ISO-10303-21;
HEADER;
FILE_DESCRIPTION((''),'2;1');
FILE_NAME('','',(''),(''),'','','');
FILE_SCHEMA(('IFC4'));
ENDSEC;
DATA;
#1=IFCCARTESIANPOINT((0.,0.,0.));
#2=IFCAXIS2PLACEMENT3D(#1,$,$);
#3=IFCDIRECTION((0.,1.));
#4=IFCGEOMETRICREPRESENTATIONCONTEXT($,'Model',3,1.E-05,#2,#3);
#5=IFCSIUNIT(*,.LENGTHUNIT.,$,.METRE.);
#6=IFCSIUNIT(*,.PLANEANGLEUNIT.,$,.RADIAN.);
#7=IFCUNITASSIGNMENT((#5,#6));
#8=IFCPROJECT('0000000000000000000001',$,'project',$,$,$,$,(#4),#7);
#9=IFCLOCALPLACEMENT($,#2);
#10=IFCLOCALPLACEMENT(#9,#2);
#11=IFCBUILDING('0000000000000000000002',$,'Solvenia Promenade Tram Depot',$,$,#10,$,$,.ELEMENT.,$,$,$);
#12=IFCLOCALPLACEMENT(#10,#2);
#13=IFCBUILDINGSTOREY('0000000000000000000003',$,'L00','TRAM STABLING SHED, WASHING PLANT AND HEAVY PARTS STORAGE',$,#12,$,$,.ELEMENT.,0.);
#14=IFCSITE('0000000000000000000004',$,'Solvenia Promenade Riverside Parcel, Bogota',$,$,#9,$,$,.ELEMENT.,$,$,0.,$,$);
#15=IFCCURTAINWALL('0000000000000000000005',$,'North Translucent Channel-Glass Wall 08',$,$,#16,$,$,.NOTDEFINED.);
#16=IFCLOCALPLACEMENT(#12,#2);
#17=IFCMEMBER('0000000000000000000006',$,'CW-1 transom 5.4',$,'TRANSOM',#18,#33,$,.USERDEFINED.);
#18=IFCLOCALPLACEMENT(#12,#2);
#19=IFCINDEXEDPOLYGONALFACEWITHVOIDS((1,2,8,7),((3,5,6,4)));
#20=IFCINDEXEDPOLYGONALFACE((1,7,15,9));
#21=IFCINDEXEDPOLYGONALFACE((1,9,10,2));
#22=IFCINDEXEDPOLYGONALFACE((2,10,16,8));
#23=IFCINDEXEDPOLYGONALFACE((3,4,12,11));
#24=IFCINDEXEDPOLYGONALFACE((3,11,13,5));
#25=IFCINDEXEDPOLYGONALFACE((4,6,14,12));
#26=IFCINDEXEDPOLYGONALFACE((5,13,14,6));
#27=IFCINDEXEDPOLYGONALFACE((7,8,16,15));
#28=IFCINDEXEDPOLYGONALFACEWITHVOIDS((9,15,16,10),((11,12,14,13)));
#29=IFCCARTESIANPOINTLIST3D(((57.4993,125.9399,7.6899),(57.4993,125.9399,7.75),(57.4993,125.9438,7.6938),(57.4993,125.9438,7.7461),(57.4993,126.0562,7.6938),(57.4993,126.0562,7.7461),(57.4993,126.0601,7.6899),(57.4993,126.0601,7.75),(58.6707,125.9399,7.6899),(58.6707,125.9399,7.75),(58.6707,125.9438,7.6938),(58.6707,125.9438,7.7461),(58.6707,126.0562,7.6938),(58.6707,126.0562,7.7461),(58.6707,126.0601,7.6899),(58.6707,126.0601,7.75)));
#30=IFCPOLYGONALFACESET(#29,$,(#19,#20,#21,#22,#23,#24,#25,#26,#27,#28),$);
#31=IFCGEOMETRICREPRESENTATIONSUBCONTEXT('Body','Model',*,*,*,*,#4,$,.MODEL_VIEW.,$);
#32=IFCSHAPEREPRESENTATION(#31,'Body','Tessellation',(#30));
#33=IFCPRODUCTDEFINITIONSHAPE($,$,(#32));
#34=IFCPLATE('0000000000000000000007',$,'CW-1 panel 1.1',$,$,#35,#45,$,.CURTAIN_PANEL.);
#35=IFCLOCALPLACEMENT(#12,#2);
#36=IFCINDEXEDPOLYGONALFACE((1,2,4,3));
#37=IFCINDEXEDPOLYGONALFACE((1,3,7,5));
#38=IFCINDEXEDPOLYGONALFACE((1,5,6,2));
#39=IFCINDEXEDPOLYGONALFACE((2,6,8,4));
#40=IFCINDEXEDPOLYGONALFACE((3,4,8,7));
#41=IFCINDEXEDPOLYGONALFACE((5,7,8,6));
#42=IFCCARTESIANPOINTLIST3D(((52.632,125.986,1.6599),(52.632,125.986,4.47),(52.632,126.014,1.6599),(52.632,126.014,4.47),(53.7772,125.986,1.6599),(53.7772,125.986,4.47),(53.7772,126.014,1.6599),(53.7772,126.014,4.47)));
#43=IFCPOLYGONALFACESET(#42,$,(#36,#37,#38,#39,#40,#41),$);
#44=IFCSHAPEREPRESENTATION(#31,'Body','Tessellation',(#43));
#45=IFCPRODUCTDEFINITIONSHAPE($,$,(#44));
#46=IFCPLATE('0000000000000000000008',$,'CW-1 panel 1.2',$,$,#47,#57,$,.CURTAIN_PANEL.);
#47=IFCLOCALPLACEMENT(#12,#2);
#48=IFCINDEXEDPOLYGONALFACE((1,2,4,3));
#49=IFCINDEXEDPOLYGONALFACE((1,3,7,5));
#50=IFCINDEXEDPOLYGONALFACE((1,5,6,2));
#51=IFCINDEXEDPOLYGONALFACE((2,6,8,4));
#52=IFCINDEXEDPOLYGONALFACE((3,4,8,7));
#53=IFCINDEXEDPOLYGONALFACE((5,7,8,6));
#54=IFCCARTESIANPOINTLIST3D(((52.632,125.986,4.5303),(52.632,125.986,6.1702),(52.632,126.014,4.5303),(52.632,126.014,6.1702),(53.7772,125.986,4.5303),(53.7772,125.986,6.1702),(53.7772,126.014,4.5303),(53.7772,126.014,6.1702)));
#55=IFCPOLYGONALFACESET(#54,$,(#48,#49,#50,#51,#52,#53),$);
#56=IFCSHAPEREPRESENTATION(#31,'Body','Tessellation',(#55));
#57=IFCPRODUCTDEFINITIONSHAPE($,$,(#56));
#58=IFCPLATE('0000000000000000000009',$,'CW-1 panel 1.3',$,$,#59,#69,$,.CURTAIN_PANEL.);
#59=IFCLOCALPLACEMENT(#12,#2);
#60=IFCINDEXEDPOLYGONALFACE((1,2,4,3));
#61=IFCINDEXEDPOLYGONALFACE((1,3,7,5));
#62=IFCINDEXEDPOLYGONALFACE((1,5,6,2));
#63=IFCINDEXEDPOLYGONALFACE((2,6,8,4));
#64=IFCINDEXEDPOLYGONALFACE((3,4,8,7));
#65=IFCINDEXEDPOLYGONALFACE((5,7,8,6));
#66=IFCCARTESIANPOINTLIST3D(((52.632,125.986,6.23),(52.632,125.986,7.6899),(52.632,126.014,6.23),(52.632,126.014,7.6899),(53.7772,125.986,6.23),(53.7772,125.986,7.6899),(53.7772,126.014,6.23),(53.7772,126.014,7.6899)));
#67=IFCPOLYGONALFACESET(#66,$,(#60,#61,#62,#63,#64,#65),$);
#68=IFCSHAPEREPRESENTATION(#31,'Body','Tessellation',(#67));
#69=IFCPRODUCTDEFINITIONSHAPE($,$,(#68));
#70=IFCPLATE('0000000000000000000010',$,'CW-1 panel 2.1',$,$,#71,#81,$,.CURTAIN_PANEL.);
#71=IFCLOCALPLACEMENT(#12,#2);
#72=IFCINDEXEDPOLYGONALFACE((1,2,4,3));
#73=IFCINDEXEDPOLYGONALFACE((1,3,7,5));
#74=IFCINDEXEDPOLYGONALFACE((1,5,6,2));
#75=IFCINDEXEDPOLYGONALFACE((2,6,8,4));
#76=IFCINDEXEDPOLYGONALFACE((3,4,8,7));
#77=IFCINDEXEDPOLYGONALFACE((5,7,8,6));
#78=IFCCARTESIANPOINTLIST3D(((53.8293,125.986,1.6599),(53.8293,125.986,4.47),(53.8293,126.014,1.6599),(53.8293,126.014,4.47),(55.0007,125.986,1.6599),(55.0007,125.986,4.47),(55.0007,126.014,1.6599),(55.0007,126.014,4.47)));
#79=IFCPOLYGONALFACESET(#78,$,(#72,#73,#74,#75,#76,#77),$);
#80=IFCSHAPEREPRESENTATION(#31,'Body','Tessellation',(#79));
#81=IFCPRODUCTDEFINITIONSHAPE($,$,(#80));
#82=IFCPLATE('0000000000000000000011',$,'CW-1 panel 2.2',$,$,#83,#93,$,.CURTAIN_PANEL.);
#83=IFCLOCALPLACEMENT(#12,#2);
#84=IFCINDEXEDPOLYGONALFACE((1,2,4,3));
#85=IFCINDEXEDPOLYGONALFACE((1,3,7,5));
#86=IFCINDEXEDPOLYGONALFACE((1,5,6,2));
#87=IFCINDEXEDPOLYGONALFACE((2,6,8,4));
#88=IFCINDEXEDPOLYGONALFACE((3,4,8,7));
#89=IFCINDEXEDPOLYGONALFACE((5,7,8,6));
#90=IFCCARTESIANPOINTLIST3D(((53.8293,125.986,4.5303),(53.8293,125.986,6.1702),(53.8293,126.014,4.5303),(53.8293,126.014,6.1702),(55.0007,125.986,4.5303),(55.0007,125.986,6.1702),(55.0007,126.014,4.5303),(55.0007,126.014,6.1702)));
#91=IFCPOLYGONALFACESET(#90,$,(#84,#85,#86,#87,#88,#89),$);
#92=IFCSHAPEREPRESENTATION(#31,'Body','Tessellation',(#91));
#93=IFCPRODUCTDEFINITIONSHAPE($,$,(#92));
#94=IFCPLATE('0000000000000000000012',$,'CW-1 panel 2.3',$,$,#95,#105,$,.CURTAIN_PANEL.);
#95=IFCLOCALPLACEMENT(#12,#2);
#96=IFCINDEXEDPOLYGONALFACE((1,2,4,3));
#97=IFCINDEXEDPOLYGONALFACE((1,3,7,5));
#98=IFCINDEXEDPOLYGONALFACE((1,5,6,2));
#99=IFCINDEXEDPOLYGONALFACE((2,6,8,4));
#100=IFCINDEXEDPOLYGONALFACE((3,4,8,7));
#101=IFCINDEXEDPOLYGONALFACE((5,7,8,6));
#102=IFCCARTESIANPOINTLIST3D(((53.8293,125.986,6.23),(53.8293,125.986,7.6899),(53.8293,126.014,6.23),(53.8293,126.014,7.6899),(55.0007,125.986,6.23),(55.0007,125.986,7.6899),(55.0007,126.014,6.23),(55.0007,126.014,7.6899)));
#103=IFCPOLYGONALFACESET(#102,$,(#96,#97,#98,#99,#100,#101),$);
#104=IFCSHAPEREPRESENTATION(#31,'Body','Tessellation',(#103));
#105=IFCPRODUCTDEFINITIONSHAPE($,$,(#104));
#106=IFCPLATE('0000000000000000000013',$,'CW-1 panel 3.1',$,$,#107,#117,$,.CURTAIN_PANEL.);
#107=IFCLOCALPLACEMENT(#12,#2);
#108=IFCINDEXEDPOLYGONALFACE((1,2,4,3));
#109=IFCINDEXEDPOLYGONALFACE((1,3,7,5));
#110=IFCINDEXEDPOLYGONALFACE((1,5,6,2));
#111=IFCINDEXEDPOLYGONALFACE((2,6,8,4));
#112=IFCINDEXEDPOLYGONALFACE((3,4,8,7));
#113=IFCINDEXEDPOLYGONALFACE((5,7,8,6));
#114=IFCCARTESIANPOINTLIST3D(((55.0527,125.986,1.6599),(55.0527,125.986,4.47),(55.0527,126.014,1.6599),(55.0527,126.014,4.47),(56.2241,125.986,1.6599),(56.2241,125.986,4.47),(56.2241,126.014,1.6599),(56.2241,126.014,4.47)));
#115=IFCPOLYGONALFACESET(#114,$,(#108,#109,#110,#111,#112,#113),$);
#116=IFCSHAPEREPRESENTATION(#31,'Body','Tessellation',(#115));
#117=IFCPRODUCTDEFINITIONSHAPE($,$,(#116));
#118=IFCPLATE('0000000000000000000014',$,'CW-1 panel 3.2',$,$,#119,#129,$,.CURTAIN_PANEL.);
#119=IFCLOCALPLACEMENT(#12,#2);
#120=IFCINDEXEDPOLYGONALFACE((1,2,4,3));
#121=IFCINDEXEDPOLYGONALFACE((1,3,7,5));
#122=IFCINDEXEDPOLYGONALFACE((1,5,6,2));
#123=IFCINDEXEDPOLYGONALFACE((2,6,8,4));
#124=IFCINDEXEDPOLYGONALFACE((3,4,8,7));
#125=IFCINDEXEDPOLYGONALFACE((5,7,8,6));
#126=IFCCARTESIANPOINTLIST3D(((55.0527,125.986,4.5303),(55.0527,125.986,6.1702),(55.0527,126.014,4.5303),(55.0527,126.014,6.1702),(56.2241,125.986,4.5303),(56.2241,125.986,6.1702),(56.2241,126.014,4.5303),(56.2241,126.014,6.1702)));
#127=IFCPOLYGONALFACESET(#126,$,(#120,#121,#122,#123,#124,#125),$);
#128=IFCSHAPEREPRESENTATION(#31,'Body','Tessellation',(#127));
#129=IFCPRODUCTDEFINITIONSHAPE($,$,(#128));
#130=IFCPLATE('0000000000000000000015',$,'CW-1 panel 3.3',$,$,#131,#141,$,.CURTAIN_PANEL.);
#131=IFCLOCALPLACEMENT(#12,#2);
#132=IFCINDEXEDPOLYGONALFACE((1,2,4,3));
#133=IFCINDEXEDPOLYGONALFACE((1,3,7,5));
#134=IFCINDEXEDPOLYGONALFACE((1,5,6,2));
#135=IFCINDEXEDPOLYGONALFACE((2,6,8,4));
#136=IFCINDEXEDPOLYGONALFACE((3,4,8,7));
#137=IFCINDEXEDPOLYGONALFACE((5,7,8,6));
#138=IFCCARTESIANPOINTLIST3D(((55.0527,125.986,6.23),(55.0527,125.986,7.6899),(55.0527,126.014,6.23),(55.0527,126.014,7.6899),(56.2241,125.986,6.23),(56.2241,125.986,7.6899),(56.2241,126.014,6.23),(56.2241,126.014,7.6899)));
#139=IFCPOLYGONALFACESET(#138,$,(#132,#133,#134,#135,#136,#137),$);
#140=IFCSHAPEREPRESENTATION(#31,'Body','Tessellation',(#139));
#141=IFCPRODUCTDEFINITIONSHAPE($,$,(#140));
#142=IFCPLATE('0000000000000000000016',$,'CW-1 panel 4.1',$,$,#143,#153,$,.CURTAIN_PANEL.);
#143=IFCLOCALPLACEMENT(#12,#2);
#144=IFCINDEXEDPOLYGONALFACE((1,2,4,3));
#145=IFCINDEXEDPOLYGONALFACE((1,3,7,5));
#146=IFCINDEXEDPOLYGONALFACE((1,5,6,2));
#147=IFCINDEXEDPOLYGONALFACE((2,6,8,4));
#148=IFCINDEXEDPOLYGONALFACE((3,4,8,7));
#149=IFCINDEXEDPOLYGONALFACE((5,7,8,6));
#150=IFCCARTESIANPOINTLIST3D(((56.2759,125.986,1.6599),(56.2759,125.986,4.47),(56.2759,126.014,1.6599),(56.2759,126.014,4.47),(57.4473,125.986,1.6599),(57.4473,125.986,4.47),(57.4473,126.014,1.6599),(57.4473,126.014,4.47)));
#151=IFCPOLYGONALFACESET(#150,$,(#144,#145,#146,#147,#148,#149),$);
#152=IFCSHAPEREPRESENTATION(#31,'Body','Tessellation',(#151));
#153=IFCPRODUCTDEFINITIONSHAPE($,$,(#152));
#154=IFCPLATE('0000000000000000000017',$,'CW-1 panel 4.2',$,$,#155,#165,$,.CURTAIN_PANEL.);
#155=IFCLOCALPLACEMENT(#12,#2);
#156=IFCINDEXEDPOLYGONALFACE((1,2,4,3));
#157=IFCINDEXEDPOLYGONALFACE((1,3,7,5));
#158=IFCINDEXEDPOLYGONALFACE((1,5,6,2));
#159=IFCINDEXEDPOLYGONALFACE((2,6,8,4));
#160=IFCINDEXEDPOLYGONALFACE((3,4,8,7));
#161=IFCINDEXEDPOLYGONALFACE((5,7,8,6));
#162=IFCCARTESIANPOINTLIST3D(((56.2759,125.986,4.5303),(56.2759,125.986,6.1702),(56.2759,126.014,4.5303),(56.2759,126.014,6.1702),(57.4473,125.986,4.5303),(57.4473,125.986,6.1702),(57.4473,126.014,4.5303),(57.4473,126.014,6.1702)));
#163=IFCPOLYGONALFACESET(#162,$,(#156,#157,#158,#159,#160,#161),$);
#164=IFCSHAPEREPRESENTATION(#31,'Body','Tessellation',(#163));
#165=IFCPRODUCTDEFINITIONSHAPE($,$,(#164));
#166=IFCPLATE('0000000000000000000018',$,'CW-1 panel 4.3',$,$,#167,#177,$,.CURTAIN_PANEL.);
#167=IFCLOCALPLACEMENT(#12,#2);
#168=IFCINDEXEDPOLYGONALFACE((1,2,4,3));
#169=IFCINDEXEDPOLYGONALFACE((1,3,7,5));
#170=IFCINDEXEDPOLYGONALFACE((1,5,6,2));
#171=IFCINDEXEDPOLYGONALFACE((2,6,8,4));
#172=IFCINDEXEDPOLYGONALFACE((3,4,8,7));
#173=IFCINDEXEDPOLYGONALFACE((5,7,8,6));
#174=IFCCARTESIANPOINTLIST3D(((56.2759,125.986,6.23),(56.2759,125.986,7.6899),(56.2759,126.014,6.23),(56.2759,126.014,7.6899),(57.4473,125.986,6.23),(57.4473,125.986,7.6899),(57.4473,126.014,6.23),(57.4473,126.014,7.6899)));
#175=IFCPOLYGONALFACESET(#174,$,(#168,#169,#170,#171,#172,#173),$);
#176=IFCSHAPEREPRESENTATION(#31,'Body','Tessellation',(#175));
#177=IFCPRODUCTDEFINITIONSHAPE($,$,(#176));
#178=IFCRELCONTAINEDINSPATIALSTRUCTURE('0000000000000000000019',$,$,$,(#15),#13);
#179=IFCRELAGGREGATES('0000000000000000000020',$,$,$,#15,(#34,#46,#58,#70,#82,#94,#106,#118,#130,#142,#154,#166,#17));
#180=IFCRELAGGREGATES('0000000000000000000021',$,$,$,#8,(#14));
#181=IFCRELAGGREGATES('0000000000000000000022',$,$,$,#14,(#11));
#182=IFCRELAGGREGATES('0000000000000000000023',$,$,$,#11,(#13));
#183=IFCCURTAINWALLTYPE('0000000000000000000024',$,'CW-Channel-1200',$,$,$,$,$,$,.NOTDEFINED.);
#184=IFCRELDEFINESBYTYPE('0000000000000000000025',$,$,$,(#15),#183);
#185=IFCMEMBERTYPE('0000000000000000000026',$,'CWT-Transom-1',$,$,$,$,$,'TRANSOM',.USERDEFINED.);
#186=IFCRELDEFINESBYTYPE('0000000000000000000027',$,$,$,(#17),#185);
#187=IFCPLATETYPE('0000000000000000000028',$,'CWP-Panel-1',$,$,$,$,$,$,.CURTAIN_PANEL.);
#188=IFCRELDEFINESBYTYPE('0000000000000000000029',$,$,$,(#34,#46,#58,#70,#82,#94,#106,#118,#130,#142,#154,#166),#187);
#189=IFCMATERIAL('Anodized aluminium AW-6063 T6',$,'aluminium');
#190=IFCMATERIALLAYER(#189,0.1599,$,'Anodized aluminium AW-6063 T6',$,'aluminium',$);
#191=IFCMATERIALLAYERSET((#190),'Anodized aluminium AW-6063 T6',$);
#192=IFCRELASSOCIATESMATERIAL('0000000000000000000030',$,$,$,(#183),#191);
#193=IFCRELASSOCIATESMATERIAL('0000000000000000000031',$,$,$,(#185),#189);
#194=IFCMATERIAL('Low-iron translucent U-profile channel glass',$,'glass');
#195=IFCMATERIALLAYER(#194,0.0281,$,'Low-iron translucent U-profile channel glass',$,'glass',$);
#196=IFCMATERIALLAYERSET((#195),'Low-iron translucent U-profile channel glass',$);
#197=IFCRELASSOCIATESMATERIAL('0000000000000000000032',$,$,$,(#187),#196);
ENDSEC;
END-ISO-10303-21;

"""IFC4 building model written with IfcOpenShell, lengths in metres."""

from ifc_helpers import new_model, si_unit, direction, frame, origin, origin_2d, place, context, subcontext, project, spatial, rectangle, hollow_rectangle, extrude, material, layer, layer_set, material_profile, profile_set, type_object, element, aggregate, save


model = new_model("IFC4")

# Units and contexts
model_context = context("Model", 3, precision=1e-05, world=origin(), true_north=direction((0.0, 1.0)))
body_context = subcontext(model_context, "Body", "Model", "MODEL_VIEW")
ifc_project = project(units=[si_unit("LENGTHUNIT", "METRE"), si_unit("PLANEANGLEUNIT", "RADIAN")], contexts=[model_context])

# Site, building, storey
site_placement = place(None, origin())
site = spatial("IfcSite", under=ifc_project, at=site_placement, Name="Solvenia Promenade Riverside Parcel, Bogota", CompositionType="ELEMENT", RefElevation=0.0)
building_placement = place(site_placement, origin())
building = spatial("IfcBuilding", under=site, at=building_placement, Name="Solvenia Promenade Tram Depot", CompositionType="ELEMENT")
storey_placement = place(building_placement, origin())
storey = spatial("IfcBuildingStorey", under=building, at=storey_placement, Name="L00", Description="TRAM STABLING SHED, WASHING PLANT AND HEAVY PARTS STORAGE", CompositionType="ELEMENT", Elevation=0.0)

# Curtain wall, member, plates
ifc_material_1 = material(Name="Anodized aluminium AW-6063 T6", Category="aluminium")
ifc_layer_1 = layer(ifc_material_1, 0.1599, Name="Anodized aluminium AW-6063 T6", Category="aluminium")
ifc_layer_set_1 = layer_set([ifc_layer_1], Name="Anodized aluminium AW-6063 T6")
curtain_wall_type = type_object("IfcCurtainWallType", Name="CW-Channel-1200", PredefinedType="NOTDEFINED", material=ifc_layer_set_1)
curtain_wall_placement = place(storey_placement, origin())
curtain_wall = element("IfcCurtainWall", 1, at=curtain_wall_placement, inside=storey, type_object=curtain_wall_type, Name="North Translucent Channel-Glass Wall 08", PredefinedType="NOTDEFINED")
ifc_material_profile_1 = material_profile(ifc_material_1, hollow_rectangle(XDim=0.1201, YDim=0.0601, WallThickness=0.0039, at=origin_2d()), Name="ALU-T1", Category="aluminium")
ifc_profile_set_1 = profile_set([ifc_material_profile_1], Name="Anodized aluminium AW-6063 T6")
member_type_1 = type_object("IfcMemberType", Name="CWT-Transom-1", ElementType="TRANSOM", PredefinedType="USERDEFINED", material=ifc_profile_set_1)
member_1_placement = place(storey_placement, frame((57.4993, 126.0, 7.72), z_axis=(1.0, 0.0, 0.0), x_axis=(0.0, 1.0, 0.0)))
member_1 = element("IfcMember", 2, at=member_1_placement, type_object=member_type_1, Name="CW-1 transom 5.4", ObjectType="TRANSOM", PredefinedType="USERDEFINED", context=body_context, shape_type="SweptSolid", body=[
    extrude(hollow_rectangle(XDim=0.1201, YDim=0.0601, WallThickness=0.0039, at=origin_2d()), origin(), (0.0, 0.0, 1.0), 1.1714),
])
ifc_material_2 = material(Name="Low-iron translucent U-profile channel glass", Category="glass")
ifc_layer_2 = layer(ifc_material_2, 0.0281, Name="Low-iron translucent U-profile channel glass", Category="glass")
ifc_layer_set_2 = layer_set([ifc_layer_2], Name="Low-iron translucent U-profile channel glass")
plate_type = type_object("IfcPlateType", Name="CWP-Panel-1", PredefinedType="CURTAIN_PANEL", material=ifc_layer_set_2)
plate_1_placement = place(storey_placement, frame((53.2046, 126.0, 1.6599), z_axis=(0.0, 0.0, 1.0), x_axis=(1.0, 0.0, 0.0)))
plate_1 = element("IfcPlate", 3, at=plate_1_placement, type_object=plate_type, Name="CW-1 panel 1.1", PredefinedType="CURTAIN_PANEL", context=body_context, shape_type="SweptSolid", body=[
    extrude(rectangle(XDim=1.1453, YDim=0.0281, at=origin_2d()), origin(), (0.0, 0.0, 1.0), 2.8101),
])
plate_2_placement = place(storey_placement, frame((53.2046, 126.0, 4.5303), z_axis=(0.0, 0.0, 1.0), x_axis=(1.0, 0.0, 0.0)))
plate_2 = element("IfcPlate", 4, at=plate_2_placement, type_object=plate_type, Name="CW-1 panel 1.2", PredefinedType="CURTAIN_PANEL", context=body_context, shape_type="SweptSolid", body=[
    extrude(rectangle(XDim=1.1453, YDim=0.0281, at=origin_2d()), origin(), (0.0, 0.0, 1.0), 1.6399),
])
plate_3_placement = place(storey_placement, frame((53.2046, 126.0, 6.23), z_axis=(0.0, 0.0, 1.0), x_axis=(1.0, 0.0, 0.0)))
plate_3 = element("IfcPlate", 5, at=plate_3_placement, type_object=plate_type, Name="CW-1 panel 1.3", PredefinedType="CURTAIN_PANEL", context=body_context, shape_type="SweptSolid", body=[
    extrude(rectangle(XDim=1.1453, YDim=0.0281, at=origin_2d()), origin(), (0.0, 0.0, 1.0), 1.46),
])
plate_4_placement = place(storey_placement, frame((54.415, 126.0, 1.6599), z_axis=(0.0, 0.0, 1.0), x_axis=(1.0, 0.0, 0.0)))
plate_4 = element("IfcPlate", 6, at=plate_4_placement, type_object=plate_type, Name="CW-1 panel 2.1", PredefinedType="CURTAIN_PANEL", context=body_context, shape_type="SweptSolid", body=[
    extrude(rectangle(XDim=1.1714, YDim=0.0281, at=origin_2d()), origin(), (0.0, 0.0, 1.0), 2.8101),
])
plate_5_placement = place(storey_placement, frame((54.415, 126.0, 4.5303), z_axis=(0.0, 0.0, 1.0), x_axis=(1.0, 0.0, 0.0)))
plate_5 = element("IfcPlate", 7, at=plate_5_placement, type_object=plate_type, Name="CW-1 panel 2.2", PredefinedType="CURTAIN_PANEL", context=body_context, shape_type="SweptSolid", body=[
    extrude(rectangle(XDim=1.1714, YDim=0.0281, at=origin_2d()), origin(), (0.0, 0.0, 1.0), 1.6399),
])
plate_6_placement = place(storey_placement, frame((54.415, 126.0, 6.23), z_axis=(0.0, 0.0, 1.0), x_axis=(1.0, 0.0, 0.0)))
plate_6 = element("IfcPlate", 8, at=plate_6_placement, type_object=plate_type, Name="CW-1 panel 2.3", PredefinedType="CURTAIN_PANEL", context=body_context, shape_type="SweptSolid", body=[
    extrude(rectangle(XDim=1.1714, YDim=0.0281, at=origin_2d()), origin(), (0.0, 0.0, 1.0), 1.46),
])
plate_7_placement = place(storey_placement, frame((55.6384, 126.0, 1.6599), z_axis=(0.0, 0.0, 1.0), x_axis=(1.0, 0.0, 0.0)))
plate_7 = element("IfcPlate", 9, at=plate_7_placement, type_object=plate_type, Name="CW-1 panel 3.1", PredefinedType="CURTAIN_PANEL", context=body_context, shape_type="SweptSolid", body=[
    extrude(rectangle(XDim=1.1714, YDim=0.0281, at=origin_2d()), origin(), (0.0, 0.0, 1.0), 2.8101),
])
plate_8_placement = place(storey_placement, frame((55.6384, 126.0, 4.5303), z_axis=(0.0, 0.0, 1.0), x_axis=(1.0, 0.0, 0.0)))
plate_8 = element("IfcPlate", 10, at=plate_8_placement, type_object=plate_type, Name="CW-1 panel 3.2", PredefinedType="CURTAIN_PANEL", context=body_context, shape_type="SweptSolid", body=[
    extrude(rectangle(XDim=1.1714, YDim=0.0281, at=origin_2d()), origin(), (0.0, 0.0, 1.0), 1.6399),
])
plate_9_placement = place(storey_placement, frame((55.6384, 126.0, 6.23), z_axis=(0.0, 0.0, 1.0), x_axis=(1.0, 0.0, 0.0)))
plate_9 = element("IfcPlate", 11, at=plate_9_placement, type_object=plate_type, Name="CW-1 panel 3.3", PredefinedType="CURTAIN_PANEL", context=body_context, shape_type="SweptSolid", body=[
    extrude(rectangle(XDim=1.1714, YDim=0.0281, at=origin_2d()), origin(), (0.0, 0.0, 1.0), 1.46),
])
plate_10_placement = place(storey_placement, frame((56.8616, 126.0, 1.6599), z_axis=(0.0, 0.0, 1.0), x_axis=(1.0, 0.0, 0.0)))
plate_10 = element("IfcPlate", 12, at=plate_10_placement, type_object=plate_type, Name="CW-1 panel 4.1", PredefinedType="CURTAIN_PANEL", context=body_context, shape_type="SweptSolid", body=[
    extrude(rectangle(XDim=1.1714, YDim=0.0281, at=origin_2d()), origin(), (0.0, 0.0, 1.0), 2.8101),
])
plate_11_placement = place(storey_placement, frame((56.8616, 126.0, 4.5303), z_axis=(0.0, 0.0, 1.0), x_axis=(1.0, 0.0, 0.0)))
plate_11 = element("IfcPlate", 13, at=plate_11_placement, type_object=plate_type, Name="CW-1 panel 4.2", PredefinedType="CURTAIN_PANEL", context=body_context, shape_type="SweptSolid", body=[
    extrude(rectangle(XDim=1.1714, YDim=0.0281, at=origin_2d()), origin(), (0.0, 0.0, 1.0), 1.6399),
])
plate_12_placement = place(storey_placement, frame((56.8616, 126.0, 6.23), z_axis=(0.0, 0.0, 1.0), x_axis=(1.0, 0.0, 0.0)))
plate_12 = element("IfcPlate", 14, at=plate_12_placement, type_object=plate_type, Name="CW-1 panel 4.3", PredefinedType="CURTAIN_PANEL", context=body_context, shape_type="SweptSolid", body=[
    extrude(rectangle(XDim=1.1714, YDim=0.0281, at=origin_2d()), origin(), (0.0, 0.0, 1.0), 1.46),
])
aggregate(curtain_wall, [plate_1, plate_2, plate_3, plate_4, plate_5, plate_6, plate_7, plate_8, plate_9, plate_10, plate_11, plate_12, member_1])

save(model, "model.ifc")
